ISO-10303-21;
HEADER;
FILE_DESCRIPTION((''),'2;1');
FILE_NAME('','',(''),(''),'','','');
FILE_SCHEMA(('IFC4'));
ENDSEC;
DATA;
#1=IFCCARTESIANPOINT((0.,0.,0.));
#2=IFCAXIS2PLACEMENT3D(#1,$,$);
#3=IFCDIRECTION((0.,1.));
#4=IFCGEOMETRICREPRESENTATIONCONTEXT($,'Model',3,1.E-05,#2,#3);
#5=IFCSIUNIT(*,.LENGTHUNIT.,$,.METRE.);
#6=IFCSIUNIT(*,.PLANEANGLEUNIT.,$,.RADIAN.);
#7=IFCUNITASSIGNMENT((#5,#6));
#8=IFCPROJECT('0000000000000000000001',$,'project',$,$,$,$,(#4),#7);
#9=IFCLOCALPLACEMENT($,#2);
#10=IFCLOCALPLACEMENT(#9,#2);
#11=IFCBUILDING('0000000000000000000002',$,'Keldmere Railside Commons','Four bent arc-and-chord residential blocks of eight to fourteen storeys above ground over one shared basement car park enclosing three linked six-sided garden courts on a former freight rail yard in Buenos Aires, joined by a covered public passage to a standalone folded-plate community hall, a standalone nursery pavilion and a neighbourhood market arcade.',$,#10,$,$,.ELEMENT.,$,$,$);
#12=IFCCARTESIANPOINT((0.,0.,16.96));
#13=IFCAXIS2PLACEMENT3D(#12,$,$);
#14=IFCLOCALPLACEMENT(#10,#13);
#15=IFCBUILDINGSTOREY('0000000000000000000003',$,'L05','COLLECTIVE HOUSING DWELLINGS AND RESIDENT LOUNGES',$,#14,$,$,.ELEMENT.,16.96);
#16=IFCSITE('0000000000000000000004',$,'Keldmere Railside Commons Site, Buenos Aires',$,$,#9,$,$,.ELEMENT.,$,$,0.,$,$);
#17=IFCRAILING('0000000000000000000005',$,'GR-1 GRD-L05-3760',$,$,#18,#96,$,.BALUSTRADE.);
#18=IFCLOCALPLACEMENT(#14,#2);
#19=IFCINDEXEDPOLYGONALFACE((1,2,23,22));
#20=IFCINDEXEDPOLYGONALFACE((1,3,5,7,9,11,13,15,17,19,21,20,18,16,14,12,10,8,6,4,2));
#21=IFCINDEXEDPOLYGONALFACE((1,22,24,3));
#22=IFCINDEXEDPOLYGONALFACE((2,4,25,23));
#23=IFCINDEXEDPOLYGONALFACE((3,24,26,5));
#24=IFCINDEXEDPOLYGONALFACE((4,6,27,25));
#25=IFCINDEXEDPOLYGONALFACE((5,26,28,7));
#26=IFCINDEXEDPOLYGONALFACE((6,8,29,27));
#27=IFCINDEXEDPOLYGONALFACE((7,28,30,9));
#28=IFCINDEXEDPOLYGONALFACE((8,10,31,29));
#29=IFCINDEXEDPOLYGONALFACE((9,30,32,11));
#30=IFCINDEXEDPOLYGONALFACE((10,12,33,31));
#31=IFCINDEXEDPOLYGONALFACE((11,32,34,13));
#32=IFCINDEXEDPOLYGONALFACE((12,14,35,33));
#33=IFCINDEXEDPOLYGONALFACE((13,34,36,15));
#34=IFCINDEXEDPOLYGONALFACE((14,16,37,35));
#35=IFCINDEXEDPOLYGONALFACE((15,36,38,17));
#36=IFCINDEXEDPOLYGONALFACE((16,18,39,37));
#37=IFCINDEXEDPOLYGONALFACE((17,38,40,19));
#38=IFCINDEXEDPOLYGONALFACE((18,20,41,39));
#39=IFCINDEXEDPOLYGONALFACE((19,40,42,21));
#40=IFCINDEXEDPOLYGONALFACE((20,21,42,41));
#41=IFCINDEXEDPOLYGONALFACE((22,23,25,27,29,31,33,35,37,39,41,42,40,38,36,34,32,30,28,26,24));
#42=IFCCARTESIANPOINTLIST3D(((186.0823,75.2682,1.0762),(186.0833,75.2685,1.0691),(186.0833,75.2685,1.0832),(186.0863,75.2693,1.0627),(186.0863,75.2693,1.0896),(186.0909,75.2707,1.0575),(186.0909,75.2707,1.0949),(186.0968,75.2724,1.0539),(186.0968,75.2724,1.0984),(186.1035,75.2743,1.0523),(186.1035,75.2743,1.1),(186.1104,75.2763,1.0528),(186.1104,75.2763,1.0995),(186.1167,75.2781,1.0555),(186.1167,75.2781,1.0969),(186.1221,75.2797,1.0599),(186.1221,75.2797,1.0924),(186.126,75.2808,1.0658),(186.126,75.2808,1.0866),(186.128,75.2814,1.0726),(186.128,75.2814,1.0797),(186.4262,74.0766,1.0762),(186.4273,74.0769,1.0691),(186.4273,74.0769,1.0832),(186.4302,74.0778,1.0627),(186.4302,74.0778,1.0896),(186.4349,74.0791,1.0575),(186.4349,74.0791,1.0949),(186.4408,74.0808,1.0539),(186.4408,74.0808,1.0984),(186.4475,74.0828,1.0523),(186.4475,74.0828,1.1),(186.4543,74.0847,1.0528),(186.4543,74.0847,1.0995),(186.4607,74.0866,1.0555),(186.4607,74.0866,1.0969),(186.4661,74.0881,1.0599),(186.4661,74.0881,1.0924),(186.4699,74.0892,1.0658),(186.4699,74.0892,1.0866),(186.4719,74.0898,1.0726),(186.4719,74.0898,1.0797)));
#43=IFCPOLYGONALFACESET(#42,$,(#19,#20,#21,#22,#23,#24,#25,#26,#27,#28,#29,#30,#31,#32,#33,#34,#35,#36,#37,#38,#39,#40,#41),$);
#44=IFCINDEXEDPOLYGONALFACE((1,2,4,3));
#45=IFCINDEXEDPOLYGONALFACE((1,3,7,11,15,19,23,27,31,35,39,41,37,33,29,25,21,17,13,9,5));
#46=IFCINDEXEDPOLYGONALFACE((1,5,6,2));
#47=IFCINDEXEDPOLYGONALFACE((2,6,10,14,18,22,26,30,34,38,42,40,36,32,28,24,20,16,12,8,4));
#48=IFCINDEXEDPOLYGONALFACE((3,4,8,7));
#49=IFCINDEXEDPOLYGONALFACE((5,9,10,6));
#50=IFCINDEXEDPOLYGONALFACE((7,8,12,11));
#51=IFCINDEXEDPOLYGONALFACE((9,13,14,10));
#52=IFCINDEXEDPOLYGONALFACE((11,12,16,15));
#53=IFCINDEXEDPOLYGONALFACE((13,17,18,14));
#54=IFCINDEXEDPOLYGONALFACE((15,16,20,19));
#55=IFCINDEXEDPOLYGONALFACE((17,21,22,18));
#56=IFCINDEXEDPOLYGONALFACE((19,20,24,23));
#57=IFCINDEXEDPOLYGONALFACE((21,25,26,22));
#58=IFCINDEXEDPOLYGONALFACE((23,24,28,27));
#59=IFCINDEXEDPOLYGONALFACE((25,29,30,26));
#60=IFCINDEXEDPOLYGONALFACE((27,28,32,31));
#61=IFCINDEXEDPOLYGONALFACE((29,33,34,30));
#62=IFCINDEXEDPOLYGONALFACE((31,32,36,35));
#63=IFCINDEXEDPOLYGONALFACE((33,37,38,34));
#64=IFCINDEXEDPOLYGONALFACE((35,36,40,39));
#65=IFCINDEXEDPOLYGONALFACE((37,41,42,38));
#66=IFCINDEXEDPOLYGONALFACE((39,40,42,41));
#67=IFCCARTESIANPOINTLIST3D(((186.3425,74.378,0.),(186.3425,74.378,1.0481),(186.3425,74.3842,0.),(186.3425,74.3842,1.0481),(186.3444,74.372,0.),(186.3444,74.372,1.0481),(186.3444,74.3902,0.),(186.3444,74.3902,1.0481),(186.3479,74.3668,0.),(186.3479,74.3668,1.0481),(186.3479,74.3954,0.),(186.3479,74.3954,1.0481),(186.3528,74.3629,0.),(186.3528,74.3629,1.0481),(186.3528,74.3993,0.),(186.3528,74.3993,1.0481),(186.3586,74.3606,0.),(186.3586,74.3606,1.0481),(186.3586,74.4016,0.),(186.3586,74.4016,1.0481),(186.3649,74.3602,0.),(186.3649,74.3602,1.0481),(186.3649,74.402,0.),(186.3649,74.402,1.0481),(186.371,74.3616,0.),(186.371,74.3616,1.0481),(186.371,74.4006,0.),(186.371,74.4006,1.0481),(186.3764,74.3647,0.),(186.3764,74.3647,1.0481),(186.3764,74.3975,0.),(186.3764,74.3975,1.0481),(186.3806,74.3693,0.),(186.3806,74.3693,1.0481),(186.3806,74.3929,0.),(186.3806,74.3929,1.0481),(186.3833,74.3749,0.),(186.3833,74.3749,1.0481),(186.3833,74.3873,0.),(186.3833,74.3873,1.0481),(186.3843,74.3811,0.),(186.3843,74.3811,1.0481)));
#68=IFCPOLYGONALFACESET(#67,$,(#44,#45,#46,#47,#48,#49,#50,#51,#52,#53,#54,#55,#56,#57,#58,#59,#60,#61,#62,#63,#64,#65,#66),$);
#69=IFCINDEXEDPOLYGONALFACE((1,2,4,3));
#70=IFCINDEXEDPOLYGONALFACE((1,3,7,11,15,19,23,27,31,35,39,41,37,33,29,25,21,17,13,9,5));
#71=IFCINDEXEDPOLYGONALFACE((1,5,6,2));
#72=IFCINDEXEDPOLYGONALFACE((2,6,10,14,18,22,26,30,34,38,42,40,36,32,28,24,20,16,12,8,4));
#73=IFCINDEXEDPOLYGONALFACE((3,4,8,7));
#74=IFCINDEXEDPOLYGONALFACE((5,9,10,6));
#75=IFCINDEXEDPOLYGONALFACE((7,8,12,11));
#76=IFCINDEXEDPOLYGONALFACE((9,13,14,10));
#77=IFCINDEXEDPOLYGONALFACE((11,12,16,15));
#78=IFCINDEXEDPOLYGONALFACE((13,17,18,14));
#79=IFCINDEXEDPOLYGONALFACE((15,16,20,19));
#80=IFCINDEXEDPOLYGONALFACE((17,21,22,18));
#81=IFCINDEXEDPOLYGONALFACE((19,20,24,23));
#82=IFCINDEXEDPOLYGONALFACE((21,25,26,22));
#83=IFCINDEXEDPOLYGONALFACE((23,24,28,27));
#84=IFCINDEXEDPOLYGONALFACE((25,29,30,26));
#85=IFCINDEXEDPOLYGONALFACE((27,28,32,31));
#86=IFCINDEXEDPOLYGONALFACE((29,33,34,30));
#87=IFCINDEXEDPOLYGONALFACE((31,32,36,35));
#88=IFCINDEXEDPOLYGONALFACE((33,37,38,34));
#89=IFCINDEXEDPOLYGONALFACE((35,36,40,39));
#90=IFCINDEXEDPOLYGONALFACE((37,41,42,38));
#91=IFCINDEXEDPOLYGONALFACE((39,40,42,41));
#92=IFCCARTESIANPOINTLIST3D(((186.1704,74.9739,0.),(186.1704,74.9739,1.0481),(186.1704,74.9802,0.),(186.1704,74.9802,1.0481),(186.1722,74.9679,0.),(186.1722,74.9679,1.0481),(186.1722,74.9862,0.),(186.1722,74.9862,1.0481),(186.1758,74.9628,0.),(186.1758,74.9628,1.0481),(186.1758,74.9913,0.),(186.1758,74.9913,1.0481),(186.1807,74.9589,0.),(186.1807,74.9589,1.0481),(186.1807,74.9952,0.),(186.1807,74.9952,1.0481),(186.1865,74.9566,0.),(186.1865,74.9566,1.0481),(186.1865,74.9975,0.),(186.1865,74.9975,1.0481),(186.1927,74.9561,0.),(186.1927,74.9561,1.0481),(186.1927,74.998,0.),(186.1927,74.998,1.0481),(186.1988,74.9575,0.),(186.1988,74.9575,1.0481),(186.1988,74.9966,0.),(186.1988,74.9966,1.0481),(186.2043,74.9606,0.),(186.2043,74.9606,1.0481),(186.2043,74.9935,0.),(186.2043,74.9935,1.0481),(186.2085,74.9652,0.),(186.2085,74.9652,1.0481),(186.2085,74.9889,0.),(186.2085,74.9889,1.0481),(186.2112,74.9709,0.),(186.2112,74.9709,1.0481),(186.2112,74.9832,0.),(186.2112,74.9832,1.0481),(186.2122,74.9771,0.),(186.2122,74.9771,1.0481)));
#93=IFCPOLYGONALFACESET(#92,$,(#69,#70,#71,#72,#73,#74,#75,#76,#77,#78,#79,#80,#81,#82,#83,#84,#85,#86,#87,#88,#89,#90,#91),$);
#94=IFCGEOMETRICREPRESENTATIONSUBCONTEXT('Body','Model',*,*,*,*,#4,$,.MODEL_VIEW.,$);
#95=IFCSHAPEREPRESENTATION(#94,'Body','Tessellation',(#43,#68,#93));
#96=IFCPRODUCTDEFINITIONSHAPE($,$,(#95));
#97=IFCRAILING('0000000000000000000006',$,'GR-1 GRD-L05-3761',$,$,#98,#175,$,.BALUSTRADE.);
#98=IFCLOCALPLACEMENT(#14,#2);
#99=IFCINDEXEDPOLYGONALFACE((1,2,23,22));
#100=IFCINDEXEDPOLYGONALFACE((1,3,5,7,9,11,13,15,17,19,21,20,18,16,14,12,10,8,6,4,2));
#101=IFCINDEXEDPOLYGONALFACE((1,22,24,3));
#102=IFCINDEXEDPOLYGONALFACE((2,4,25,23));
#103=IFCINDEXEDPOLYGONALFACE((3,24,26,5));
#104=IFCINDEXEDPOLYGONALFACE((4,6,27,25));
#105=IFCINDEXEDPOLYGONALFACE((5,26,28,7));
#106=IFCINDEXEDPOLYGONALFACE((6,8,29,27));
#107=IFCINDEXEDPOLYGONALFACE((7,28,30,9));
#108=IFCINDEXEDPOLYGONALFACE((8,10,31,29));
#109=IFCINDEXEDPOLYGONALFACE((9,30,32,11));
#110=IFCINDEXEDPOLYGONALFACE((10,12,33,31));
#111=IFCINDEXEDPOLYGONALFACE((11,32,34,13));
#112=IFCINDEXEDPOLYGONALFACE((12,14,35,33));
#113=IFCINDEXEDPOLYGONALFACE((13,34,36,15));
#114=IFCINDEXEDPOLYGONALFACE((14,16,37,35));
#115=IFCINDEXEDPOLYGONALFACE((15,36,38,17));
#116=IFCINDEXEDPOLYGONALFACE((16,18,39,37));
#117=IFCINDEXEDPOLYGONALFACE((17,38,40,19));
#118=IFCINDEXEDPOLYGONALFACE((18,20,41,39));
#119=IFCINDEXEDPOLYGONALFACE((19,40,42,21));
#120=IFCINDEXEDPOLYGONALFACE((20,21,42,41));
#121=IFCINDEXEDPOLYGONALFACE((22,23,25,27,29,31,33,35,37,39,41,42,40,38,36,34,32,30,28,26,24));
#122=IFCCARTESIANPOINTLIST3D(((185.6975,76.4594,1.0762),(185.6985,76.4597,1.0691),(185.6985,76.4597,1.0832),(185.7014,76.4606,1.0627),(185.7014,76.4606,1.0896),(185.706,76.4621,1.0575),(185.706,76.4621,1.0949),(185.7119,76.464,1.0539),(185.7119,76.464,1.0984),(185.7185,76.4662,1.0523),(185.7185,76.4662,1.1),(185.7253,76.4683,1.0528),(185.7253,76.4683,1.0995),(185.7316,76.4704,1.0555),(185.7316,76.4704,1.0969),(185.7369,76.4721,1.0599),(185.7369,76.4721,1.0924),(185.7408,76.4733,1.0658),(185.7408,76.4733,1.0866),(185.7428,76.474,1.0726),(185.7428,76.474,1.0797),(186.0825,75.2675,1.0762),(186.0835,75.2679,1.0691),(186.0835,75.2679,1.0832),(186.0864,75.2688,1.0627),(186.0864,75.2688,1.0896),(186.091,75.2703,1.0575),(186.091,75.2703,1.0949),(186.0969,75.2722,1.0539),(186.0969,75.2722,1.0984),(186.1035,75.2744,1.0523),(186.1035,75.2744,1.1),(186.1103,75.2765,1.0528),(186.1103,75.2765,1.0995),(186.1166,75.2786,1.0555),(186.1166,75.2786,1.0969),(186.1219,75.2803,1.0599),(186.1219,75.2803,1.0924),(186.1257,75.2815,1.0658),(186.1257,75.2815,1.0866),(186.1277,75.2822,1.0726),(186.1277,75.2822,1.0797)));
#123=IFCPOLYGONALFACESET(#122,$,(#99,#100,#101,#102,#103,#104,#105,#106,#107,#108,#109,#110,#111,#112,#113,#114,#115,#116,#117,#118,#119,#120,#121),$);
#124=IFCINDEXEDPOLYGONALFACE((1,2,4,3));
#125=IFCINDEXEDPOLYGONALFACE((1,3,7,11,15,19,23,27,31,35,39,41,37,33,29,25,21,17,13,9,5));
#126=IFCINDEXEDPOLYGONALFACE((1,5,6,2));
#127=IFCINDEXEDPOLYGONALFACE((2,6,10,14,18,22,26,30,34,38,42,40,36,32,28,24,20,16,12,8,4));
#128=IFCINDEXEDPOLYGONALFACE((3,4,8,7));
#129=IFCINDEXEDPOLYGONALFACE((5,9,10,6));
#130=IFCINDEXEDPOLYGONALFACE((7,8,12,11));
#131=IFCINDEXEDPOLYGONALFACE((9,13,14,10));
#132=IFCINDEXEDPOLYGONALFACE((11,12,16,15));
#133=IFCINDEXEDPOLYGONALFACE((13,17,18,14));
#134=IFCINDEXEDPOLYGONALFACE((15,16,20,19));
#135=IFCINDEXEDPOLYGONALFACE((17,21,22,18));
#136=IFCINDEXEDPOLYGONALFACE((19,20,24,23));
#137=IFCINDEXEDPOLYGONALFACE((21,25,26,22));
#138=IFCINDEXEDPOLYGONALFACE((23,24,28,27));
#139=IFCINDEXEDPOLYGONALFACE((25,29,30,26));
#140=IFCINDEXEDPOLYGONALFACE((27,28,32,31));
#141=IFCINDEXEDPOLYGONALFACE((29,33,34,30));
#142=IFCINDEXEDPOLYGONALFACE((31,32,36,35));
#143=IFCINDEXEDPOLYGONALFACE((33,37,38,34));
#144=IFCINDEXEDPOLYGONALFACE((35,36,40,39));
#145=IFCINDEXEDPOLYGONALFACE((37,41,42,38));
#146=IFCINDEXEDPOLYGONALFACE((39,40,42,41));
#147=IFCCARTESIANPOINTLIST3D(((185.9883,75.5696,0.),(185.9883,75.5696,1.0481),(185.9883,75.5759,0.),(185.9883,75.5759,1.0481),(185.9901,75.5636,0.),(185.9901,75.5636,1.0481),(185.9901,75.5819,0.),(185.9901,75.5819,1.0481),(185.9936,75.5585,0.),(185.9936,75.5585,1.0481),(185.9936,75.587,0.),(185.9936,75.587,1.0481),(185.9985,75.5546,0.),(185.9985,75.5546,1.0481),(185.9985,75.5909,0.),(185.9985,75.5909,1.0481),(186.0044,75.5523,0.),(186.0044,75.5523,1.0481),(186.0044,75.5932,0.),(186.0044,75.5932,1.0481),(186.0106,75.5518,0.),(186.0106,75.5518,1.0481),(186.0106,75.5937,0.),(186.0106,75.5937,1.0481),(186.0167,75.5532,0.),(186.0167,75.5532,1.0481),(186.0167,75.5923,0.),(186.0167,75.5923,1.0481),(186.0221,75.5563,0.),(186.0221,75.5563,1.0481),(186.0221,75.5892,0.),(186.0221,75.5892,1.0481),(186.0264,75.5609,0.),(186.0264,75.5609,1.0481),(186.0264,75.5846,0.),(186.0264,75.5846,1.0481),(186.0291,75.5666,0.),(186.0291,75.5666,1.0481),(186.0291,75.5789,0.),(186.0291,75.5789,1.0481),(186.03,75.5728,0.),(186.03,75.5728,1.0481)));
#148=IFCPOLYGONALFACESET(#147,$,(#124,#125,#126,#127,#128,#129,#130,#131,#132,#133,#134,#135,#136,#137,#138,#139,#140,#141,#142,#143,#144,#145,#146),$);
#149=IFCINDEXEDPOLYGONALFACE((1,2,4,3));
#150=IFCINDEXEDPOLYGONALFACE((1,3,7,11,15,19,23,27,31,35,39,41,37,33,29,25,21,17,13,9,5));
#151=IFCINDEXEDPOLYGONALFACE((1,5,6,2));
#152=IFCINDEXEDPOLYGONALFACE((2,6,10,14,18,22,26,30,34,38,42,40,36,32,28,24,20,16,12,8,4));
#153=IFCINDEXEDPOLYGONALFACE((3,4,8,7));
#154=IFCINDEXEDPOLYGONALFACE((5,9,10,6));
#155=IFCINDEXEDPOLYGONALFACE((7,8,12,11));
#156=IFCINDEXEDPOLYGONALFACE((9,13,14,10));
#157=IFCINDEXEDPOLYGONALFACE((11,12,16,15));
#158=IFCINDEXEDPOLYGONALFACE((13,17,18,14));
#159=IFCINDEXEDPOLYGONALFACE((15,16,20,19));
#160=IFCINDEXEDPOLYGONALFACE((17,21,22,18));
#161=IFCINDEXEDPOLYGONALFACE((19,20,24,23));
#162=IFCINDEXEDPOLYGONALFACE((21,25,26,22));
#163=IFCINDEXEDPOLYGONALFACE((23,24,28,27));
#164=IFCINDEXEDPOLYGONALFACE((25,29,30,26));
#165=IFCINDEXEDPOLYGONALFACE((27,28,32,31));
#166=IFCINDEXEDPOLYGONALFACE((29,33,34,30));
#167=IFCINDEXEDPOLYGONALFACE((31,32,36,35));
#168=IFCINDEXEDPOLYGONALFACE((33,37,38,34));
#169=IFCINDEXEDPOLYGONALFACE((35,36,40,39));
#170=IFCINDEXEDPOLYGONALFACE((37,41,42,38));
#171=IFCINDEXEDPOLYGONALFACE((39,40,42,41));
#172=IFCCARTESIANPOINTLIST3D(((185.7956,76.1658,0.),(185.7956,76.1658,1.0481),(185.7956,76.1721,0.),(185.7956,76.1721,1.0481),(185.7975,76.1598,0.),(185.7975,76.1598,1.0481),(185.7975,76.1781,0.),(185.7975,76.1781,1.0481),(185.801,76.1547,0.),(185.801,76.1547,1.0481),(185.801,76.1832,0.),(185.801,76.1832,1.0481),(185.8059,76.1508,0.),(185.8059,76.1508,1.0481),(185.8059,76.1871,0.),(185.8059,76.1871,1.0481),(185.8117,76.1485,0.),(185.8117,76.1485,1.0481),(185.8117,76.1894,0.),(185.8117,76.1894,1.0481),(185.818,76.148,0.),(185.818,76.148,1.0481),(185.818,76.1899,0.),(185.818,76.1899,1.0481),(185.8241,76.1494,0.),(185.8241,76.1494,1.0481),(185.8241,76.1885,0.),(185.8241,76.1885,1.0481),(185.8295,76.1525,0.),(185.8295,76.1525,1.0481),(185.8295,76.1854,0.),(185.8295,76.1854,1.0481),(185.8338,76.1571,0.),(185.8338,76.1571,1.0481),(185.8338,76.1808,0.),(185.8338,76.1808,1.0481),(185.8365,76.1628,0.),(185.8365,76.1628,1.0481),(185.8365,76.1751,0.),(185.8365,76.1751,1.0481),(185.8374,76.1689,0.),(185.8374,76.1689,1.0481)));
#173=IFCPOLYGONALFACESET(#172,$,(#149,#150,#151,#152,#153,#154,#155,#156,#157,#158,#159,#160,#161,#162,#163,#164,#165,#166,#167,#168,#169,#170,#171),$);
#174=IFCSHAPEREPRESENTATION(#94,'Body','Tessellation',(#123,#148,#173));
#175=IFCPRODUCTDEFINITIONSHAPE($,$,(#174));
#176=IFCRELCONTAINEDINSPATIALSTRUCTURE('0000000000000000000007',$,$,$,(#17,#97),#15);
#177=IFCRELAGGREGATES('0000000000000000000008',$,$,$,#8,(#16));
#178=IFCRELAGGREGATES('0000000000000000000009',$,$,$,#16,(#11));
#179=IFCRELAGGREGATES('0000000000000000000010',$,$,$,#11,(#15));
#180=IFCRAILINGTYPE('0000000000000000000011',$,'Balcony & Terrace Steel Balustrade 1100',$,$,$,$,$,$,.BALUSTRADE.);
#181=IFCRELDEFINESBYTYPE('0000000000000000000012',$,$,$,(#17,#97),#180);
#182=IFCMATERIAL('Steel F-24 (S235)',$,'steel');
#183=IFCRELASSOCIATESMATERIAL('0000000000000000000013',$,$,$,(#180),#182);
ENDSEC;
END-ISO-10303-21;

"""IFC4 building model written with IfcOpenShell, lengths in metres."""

from ifc_helpers import new_model, si_unit, direction, frame, origin, origin_2d, place, context, subcontext, project, spatial, circle, extrude, material, type_object, element, save


model = new_model("IFC4")

# Units and contexts
model_context = context("Model", 3, precision=1e-05, world=origin(), true_north=direction((0.0, 1.0)))
body_context = subcontext(model_context, "Body", "Model", "MODEL_VIEW")
ifc_project = project(units=[si_unit("LENGTHUNIT", "METRE"), si_unit("PLANEANGLEUNIT", "RADIAN")], contexts=[model_context])

# Site, building, storey
site_placement = place(None, origin())
site = spatial("IfcSite", under=ifc_project, at=site_placement, Name="Keldmere Railside Commons Site, Buenos Aires", CompositionType="ELEMENT", RefElevation=0.0)
building_placement = place(site_placement, origin())
building = spatial("IfcBuilding", under=site, at=building_placement, Name="Keldmere Railside Commons", Description="Four bent arc-and-chord residential blocks of eight to fourteen storeys above ground over one shared basement car park enclosing three linked six-sided garden courts on a former freight rail yard in Buenos Aires, joined by a covered public passage to a standalone folded-plate community hall, a standalone nursery pavilion and a neighbourhood market arcade.", CompositionType="ELEMENT")
storey_placement = place(building_placement, frame((0.0, 0.0, 16.96)))
storey = spatial("IfcBuildingStorey", under=building, at=storey_placement, Name="L05", Description="COLLECTIVE HOUSING DWELLINGS AND RESIDENT LOUNGES", CompositionType="ELEMENT", Elevation=16.96)

# Shared definitions
ifc_material_1 = material(Name="Steel F-24 (S235)", Category="steel")

# Railings
railing_type_1 = type_object("IfcRailingType", Name="Balcony & Terrace Steel Balustrade 1100", PredefinedType="BALUSTRADE", material=ifc_material_1)
railing_1_placement = place(storey_placement, frame((186.4492, 74.0833, 0.0)))
element("IfcRailing", 1, at=railing_1_placement, inside=storey, type_object=railing_type_1, Name="GR-1 GRD-L05-3760", PredefinedType="BALUSTRADE", context=body_context, shape_type="SweptSolid", body=[
    extrude(circle(Radius=0.0239, at=origin_2d()), frame((0.0, 0.0, 1.0762), z_axis=(-0.277346, 0.96077, 0.0), x_axis=(-0.96077, -0.277346, 0.0)), (0.0, 0.0, 1.0), 1.2402),
    extrude(circle(Radius=0.021, at=origin_2d()), frame((-0.0859, 0.2979, 0.0)), (0.0, 0.0, 1.0), 1.0481),
    extrude(circle(Radius=0.021, at=origin_2d()), frame((-0.2581, 0.8938, 0.0)), (0.0, 0.0, 1.0), 1.0481),
])
railing_2_placement = place(storey_placement, frame((186.1052, 75.2749, 0.0)))
element("IfcRailing", 2, at=railing_2_placement, inside=storey, type_object=railing_type_1, Name="GR-1 GRD-L05-3761", PredefinedType="BALUSTRADE", context=body_context, shape_type="SweptSolid", body=[
    extrude(circle(Radius=0.0239, at=origin_2d()), frame((0.0, 0.0, 1.0762), z_axis=(-0.307384, 0.951585, 0.0), x_axis=(-0.951585, -0.307384, 0.0)), (0.0, 0.0, 1.0), 1.2524),
    extrude(circle(Radius=0.021, at=origin_2d()), frame((-0.0962, 0.2979, 0.0)), (0.0, 0.0, 1.0), 1.0481),
    extrude(circle(Radius=0.021, at=origin_2d()), frame((-0.2888, 0.894, 0.0)), (0.0, 0.0, 1.0), 1.0481),
])

save(model, "model.ifc")
